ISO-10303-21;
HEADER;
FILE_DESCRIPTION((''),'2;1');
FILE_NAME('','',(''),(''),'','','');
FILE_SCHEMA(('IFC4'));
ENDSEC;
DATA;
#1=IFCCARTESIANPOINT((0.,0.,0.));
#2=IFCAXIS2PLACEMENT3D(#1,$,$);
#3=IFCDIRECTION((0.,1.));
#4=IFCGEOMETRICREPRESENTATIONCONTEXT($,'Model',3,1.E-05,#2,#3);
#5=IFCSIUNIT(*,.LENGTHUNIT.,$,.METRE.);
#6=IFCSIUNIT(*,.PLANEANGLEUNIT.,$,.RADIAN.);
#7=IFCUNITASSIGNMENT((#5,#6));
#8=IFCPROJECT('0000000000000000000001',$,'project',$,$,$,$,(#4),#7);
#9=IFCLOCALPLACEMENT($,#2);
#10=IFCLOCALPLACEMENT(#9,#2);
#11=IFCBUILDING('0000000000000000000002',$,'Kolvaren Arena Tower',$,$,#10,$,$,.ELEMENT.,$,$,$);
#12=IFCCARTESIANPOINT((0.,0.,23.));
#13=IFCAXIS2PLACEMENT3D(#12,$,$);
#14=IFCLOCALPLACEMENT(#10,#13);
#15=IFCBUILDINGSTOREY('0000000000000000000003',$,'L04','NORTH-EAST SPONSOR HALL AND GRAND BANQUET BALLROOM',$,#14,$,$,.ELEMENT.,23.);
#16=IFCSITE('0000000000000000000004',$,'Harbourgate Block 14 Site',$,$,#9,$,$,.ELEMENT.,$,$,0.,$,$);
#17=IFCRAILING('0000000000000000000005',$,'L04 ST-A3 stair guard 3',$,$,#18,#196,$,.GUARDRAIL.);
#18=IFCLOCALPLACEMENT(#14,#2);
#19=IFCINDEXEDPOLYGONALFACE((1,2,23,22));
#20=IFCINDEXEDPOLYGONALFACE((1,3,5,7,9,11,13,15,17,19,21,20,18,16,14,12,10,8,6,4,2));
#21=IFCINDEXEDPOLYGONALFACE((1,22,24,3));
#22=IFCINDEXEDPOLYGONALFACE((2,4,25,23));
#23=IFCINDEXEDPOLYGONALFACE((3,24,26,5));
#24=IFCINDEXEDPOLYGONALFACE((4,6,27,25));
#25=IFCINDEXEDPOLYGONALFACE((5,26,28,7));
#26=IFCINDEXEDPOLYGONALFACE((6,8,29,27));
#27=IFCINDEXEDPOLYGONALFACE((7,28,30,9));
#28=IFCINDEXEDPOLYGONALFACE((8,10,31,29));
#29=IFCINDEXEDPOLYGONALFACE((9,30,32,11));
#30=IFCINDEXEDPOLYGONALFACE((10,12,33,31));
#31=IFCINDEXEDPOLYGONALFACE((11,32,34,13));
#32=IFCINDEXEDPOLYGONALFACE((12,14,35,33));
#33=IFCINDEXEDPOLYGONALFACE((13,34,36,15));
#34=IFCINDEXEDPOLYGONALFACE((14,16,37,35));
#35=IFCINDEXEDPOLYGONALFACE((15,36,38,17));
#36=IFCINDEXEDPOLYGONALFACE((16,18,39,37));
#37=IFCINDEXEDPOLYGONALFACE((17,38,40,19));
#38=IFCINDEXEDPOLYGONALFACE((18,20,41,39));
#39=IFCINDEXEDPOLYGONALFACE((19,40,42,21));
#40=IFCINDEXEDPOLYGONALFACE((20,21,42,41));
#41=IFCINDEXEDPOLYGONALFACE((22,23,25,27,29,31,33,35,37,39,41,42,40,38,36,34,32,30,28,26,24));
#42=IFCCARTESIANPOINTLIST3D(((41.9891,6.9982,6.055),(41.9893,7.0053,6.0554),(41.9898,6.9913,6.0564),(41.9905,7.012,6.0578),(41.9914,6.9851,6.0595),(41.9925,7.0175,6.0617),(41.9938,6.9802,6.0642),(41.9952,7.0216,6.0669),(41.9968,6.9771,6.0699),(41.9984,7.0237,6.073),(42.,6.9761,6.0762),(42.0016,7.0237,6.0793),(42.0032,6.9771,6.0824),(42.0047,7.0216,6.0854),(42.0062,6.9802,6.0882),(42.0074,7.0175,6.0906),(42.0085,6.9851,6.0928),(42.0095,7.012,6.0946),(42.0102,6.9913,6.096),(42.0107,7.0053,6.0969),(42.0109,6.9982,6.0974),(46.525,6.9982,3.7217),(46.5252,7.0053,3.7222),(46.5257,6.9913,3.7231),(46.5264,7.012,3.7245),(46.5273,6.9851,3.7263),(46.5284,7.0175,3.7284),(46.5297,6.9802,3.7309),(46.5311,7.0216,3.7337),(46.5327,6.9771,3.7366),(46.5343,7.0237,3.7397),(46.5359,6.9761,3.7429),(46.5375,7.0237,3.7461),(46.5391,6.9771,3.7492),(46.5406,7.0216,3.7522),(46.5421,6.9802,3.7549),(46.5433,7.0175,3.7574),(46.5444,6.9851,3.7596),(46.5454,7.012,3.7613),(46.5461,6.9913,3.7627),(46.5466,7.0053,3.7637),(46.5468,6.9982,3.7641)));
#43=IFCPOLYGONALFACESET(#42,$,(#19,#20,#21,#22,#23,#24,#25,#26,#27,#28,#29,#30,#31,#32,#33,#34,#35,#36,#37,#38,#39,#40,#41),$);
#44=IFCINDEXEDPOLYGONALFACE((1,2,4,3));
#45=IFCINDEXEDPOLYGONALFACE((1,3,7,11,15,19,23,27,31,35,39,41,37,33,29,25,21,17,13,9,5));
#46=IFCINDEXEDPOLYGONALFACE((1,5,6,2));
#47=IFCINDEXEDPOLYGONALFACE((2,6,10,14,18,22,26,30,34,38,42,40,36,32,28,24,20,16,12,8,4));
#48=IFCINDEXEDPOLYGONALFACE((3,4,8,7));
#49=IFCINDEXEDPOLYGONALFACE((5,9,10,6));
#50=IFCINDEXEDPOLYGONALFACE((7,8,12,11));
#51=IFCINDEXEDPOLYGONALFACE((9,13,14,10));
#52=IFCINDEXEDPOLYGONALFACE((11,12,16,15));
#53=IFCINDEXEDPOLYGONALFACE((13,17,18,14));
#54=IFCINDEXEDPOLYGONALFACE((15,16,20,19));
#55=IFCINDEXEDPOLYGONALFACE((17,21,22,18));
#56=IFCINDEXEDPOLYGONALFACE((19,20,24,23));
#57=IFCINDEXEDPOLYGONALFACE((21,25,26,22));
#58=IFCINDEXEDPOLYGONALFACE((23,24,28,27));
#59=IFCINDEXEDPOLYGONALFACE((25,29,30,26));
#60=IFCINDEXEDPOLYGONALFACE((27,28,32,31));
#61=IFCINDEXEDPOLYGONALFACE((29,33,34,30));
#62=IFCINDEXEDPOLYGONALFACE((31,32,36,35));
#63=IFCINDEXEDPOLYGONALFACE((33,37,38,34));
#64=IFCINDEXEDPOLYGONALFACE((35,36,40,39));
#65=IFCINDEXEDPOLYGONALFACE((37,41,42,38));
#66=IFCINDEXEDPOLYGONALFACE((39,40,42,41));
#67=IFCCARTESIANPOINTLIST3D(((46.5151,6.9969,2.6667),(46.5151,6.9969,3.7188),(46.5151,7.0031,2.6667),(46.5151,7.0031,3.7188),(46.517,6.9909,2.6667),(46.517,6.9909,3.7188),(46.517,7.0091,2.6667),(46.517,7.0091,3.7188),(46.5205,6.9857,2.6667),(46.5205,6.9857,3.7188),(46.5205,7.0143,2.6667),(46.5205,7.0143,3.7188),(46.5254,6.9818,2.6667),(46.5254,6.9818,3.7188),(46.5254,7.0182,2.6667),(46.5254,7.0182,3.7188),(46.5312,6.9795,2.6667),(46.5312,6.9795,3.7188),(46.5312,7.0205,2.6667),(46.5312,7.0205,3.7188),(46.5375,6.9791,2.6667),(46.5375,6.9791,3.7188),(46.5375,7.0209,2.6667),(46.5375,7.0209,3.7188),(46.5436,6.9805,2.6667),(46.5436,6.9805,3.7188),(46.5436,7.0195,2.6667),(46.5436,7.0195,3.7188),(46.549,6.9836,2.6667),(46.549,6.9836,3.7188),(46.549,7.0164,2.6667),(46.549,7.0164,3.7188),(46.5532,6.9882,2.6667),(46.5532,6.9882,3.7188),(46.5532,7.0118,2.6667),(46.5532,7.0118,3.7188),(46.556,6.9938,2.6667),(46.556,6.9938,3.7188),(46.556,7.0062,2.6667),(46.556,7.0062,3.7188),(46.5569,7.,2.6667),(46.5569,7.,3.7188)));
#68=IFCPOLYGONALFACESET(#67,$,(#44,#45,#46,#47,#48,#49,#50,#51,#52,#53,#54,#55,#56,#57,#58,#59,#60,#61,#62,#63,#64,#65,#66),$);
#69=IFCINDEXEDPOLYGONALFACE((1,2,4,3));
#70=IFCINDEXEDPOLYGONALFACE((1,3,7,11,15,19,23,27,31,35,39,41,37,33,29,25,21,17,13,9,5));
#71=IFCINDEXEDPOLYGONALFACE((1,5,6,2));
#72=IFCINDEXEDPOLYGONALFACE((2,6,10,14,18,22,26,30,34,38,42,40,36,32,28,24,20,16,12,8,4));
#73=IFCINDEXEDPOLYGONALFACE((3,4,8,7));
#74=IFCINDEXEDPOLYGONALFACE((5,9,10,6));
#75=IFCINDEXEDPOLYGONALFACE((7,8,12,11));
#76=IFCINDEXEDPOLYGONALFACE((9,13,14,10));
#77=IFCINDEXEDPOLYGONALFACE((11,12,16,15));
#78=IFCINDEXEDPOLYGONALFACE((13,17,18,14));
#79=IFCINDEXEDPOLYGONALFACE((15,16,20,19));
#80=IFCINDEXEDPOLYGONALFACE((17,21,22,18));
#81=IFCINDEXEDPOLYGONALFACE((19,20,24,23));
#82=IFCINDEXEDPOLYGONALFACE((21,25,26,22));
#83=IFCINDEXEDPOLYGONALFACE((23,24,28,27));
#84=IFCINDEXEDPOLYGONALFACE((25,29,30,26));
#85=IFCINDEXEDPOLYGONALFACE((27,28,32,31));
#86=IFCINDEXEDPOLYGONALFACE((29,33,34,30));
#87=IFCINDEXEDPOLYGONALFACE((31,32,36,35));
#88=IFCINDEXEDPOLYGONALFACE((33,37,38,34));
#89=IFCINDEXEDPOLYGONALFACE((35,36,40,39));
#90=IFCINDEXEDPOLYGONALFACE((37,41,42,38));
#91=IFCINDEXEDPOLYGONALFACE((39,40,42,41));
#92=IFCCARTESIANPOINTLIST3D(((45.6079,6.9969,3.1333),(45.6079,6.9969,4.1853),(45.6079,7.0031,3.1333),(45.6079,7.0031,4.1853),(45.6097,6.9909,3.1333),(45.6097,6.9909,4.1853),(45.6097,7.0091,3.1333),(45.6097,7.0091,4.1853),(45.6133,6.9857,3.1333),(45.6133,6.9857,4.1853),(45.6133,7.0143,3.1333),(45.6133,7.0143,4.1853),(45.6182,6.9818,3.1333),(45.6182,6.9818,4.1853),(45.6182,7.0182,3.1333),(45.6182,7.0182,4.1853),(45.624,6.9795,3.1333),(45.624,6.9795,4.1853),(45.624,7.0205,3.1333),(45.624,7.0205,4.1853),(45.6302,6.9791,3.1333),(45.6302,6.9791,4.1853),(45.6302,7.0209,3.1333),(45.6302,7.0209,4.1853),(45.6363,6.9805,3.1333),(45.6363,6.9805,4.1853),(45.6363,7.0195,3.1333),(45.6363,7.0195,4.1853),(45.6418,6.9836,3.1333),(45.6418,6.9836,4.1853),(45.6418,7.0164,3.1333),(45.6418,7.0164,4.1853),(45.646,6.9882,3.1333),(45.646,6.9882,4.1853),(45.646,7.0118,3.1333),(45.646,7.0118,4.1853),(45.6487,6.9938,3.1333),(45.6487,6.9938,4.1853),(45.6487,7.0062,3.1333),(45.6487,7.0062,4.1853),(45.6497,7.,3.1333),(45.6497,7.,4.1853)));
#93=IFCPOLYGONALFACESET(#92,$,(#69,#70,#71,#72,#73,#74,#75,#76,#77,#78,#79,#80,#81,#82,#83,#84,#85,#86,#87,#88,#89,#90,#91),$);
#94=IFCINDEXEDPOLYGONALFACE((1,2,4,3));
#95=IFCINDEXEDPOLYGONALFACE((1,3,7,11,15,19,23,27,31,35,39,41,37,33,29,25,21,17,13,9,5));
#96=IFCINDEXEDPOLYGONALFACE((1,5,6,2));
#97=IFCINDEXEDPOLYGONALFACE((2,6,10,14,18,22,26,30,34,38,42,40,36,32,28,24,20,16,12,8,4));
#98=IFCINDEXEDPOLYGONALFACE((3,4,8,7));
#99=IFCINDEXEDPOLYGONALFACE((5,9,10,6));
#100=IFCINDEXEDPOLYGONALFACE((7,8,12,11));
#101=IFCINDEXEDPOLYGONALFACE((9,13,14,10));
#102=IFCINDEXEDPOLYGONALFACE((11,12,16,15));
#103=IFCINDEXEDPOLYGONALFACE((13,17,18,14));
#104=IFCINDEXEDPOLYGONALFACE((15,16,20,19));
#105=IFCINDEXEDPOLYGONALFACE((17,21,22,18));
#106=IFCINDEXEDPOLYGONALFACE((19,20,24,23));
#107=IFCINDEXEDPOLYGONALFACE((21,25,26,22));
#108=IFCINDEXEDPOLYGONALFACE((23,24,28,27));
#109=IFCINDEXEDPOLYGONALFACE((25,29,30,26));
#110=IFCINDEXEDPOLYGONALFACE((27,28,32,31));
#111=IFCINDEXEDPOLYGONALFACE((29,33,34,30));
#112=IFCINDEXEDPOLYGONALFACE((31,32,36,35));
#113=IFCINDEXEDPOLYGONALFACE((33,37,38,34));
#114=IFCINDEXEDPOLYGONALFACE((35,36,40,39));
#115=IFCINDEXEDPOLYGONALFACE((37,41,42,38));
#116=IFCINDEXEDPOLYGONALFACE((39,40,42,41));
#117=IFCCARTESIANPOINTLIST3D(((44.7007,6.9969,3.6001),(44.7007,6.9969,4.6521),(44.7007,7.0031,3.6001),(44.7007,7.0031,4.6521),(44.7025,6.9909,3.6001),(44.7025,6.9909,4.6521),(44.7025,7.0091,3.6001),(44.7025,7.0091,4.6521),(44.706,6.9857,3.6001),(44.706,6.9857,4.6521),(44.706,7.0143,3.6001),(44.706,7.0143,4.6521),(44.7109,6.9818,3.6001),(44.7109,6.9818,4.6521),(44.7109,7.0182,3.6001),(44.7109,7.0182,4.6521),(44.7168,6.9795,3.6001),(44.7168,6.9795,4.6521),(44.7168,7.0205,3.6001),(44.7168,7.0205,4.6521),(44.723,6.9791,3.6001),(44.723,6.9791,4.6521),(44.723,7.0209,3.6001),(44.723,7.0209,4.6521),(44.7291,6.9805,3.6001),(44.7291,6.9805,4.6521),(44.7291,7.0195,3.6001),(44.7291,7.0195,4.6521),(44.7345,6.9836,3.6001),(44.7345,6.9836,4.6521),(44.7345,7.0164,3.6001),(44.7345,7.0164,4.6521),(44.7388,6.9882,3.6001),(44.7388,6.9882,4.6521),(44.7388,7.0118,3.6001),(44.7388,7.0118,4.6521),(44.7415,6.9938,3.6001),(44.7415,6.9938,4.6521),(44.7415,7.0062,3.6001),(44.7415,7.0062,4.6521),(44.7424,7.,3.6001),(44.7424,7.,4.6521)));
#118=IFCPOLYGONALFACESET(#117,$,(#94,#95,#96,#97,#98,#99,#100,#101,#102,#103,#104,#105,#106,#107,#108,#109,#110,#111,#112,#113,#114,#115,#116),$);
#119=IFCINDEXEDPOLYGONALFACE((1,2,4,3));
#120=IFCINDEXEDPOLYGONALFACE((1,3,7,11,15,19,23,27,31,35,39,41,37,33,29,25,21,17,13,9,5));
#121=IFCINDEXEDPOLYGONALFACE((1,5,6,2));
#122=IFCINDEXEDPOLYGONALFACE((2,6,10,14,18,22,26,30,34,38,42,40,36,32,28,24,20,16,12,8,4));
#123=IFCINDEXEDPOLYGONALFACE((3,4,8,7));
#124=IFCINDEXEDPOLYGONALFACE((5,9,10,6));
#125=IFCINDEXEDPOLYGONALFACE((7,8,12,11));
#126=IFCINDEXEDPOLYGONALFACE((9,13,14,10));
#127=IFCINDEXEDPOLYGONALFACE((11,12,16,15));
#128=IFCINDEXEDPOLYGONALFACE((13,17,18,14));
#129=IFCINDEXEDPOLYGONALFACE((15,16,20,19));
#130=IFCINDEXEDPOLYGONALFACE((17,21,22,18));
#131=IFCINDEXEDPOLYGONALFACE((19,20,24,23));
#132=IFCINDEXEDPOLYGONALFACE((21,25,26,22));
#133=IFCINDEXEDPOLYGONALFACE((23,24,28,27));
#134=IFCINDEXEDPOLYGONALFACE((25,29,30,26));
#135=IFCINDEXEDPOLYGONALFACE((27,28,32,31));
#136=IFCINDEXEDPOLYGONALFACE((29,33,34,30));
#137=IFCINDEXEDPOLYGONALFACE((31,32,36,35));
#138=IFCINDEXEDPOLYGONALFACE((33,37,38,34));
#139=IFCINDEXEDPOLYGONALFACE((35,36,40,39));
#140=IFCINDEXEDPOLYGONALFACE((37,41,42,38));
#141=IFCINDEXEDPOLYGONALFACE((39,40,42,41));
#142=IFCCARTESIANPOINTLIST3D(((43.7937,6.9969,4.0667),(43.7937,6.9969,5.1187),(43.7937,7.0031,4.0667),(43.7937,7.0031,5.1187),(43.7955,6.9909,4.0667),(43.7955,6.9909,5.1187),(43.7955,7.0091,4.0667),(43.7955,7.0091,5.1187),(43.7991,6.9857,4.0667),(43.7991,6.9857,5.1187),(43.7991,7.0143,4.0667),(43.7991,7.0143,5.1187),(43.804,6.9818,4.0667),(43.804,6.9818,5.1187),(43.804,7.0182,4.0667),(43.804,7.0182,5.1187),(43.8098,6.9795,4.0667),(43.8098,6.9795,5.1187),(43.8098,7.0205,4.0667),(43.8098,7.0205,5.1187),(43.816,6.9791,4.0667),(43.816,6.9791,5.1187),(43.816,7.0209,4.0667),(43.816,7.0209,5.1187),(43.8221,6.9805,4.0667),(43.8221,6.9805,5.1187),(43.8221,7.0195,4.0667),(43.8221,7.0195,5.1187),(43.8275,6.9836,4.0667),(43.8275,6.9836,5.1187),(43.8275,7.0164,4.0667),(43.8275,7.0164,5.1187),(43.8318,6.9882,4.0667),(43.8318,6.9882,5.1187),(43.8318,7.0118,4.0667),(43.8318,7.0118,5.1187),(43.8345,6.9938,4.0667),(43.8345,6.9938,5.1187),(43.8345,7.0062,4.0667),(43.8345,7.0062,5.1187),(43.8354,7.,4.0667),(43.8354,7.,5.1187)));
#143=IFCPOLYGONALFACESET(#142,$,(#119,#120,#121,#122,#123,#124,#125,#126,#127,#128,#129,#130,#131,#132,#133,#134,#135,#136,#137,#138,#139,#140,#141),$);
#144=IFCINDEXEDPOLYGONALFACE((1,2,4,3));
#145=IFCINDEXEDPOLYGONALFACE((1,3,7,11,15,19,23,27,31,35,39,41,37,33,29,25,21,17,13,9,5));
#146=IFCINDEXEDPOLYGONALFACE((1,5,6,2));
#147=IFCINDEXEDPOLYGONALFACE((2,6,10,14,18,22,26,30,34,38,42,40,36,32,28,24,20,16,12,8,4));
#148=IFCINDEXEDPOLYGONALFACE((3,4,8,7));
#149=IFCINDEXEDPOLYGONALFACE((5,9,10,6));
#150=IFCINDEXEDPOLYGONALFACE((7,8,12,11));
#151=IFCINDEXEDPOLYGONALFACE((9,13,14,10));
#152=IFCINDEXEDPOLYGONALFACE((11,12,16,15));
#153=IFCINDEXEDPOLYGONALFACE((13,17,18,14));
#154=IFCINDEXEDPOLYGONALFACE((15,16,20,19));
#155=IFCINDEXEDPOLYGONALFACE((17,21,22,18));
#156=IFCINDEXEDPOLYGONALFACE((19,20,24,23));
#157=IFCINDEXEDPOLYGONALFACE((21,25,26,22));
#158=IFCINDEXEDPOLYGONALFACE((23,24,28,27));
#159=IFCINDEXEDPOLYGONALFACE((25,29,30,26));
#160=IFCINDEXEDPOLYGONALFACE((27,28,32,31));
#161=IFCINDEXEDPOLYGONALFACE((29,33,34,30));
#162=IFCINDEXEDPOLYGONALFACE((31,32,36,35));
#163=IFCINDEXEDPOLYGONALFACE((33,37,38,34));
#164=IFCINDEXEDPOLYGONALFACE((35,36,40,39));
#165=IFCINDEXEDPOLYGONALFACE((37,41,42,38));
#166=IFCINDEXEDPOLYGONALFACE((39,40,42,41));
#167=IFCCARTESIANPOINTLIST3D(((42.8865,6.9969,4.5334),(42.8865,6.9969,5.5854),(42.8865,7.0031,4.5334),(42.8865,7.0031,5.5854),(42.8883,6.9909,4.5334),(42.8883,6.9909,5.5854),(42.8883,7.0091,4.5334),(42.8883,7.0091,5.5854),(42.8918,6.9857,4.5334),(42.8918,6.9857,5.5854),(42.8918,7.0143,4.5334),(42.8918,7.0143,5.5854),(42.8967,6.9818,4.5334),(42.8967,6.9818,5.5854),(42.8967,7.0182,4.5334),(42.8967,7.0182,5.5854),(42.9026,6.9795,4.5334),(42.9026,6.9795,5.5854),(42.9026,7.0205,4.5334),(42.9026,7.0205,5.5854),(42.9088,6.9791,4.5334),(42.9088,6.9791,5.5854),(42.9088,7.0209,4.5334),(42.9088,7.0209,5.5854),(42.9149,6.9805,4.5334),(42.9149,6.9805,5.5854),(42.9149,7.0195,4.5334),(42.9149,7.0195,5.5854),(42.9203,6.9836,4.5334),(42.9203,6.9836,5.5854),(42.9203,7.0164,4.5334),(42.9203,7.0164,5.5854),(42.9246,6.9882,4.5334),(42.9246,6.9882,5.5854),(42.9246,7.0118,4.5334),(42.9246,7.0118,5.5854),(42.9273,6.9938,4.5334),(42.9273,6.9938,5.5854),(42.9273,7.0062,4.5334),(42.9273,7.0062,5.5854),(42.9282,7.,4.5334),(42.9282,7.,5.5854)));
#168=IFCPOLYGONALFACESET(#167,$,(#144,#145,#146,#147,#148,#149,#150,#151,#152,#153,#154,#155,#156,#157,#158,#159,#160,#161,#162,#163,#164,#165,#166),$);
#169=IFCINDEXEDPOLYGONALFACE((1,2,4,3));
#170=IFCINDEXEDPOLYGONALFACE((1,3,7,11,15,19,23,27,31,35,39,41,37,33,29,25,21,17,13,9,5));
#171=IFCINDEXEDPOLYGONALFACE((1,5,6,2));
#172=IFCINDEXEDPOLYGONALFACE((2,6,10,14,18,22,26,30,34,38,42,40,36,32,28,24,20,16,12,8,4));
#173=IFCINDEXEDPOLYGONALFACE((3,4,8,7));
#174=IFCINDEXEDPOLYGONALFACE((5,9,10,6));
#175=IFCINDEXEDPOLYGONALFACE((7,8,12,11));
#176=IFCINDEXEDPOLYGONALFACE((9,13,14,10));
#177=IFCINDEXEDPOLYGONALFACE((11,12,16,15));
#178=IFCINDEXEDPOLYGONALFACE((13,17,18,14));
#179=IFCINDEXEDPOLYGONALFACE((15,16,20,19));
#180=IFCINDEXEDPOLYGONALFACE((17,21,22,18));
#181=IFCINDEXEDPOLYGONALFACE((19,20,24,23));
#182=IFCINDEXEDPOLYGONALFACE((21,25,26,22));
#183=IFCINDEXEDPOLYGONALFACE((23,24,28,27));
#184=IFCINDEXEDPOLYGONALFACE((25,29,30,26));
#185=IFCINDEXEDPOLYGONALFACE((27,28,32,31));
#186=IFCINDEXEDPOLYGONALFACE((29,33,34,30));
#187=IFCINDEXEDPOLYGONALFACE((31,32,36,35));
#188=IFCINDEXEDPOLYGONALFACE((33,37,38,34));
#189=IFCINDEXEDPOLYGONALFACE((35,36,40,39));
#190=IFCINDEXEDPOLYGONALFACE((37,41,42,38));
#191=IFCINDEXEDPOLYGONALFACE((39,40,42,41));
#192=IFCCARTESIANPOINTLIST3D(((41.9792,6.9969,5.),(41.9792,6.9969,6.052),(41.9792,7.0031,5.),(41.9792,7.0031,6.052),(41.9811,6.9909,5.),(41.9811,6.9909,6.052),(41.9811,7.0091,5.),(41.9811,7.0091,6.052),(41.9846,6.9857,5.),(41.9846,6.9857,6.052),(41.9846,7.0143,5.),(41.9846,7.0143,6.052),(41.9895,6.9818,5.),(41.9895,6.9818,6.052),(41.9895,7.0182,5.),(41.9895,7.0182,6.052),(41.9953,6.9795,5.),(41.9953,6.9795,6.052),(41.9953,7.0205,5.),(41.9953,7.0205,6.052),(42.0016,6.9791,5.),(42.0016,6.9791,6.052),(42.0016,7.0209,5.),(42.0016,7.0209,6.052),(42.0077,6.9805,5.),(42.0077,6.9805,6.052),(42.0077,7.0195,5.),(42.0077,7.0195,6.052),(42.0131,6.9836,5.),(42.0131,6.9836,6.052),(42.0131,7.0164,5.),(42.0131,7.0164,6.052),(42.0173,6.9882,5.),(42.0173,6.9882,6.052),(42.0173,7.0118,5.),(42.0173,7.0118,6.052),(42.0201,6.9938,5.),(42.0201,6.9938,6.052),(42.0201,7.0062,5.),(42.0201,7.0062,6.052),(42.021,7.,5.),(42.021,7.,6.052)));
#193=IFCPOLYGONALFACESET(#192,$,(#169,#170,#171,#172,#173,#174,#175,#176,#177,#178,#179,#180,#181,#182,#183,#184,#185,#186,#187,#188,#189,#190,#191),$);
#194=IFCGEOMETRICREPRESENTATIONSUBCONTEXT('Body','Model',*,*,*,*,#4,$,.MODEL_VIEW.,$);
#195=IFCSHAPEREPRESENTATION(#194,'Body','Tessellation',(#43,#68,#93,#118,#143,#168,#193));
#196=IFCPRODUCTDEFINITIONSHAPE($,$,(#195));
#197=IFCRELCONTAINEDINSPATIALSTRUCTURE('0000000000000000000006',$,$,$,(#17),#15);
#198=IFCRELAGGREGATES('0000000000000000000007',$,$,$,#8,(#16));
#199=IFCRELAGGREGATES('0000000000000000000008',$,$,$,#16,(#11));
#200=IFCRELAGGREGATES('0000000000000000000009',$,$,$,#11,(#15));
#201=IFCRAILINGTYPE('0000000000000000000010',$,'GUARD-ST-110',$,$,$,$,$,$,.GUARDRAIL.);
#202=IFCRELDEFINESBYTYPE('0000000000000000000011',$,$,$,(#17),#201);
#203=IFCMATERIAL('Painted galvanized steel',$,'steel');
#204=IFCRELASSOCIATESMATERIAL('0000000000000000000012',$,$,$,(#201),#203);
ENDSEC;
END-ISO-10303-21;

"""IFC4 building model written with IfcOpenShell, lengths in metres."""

from ifc_helpers import new_model, si_unit, direction, frame, origin, origin_2d, place, context, subcontext, project, spatial, circle, extrude, material, type_object, element, save


model = new_model("IFC4")

# Units and contexts
model_context = context("Model", 3, precision=1e-05, world=origin(), true_north=direction((0.0, 1.0)))
body_context = subcontext(model_context, "Body", "Model", "MODEL_VIEW")
ifc_project = project(units=[si_unit("LENGTHUNIT", "METRE"), si_unit("PLANEANGLEUNIT", "RADIAN")], contexts=[model_context])

# Site, building, storey
site_placement = place(None, origin())
site = spatial("IfcSite", under=ifc_project, at=site_placement, Name="Harbourgate Block 14 Site", CompositionType="ELEMENT", RefElevation=0.0)
building_placement = place(site_placement, origin())
building = spatial("IfcBuilding", under=site, at=building_placement, Name="Kolvaren Arena Tower", CompositionType="ELEMENT")
storey_placement = place(building_placement, frame((0.0, 0.0, 23.0)))
storey = spatial("IfcBuildingStorey", under=building, at=storey_placement, Name="L04", Description="NORTH-EAST SPONSOR HALL AND GRAND BANQUET BALLROOM", CompositionType="ELEMENT", Elevation=23.0)

# Railing
ifc_material_1 = material(Name="Painted galvanized steel", Category="steel")
railing_type_1 = type_object("IfcRailingType", Name="GUARD-ST-110", PredefinedType="GUARDRAIL", material=ifc_material_1)
railing_1_placement = place(storey_placement, frame((46.5359, 7.0, 2.6667)))
element("IfcRailing", 1, at=railing_1_placement, inside=storey, type_object=railing_type_1, Name="L04 ST-A3 stair guard 3", PredefinedType="GUARDRAIL", context=body_context, shape_type="SweptSolid", body=[
    extrude(circle(Radius=0.0239, at=origin_2d()), frame((0.0, 0.0, 1.0762), z_axis=(-0.889247, 0.0, 0.457427), x_axis=(0.0, -1.0, 0.0)), (0.0, 0.0, 1.0), 5.1008),
    extrude(circle(Radius=0.021, at=origin_2d()), origin(), (0.0, 0.0, 1.0), 1.052),
    extrude(circle(Radius=0.021, at=origin_2d()), frame((-0.9072, 0.0, 0.4666)), (0.0, 0.0, 1.0), 1.052),
    extrude(circle(Radius=0.021, at=origin_2d()), frame((-1.8145, 0.0, 0.9333)), (0.0, 0.0, 1.0), 1.052),
    extrude(circle(Radius=0.021, at=origin_2d()), frame((-2.7214, 0.0, 1.3999)), (0.0, 0.0, 1.0), 1.052),
    extrude(circle(Radius=0.021, at=origin_2d()), frame((-3.6287, 0.0, 1.8667)), (0.0, 0.0, 1.0), 1.052),
    extrude(circle(Radius=0.021, at=origin_2d()), frame((-4.5359, 0.0, 2.3333)), (0.0, 0.0, 1.0), 1.052),
])

save(model, "model.ifc")
